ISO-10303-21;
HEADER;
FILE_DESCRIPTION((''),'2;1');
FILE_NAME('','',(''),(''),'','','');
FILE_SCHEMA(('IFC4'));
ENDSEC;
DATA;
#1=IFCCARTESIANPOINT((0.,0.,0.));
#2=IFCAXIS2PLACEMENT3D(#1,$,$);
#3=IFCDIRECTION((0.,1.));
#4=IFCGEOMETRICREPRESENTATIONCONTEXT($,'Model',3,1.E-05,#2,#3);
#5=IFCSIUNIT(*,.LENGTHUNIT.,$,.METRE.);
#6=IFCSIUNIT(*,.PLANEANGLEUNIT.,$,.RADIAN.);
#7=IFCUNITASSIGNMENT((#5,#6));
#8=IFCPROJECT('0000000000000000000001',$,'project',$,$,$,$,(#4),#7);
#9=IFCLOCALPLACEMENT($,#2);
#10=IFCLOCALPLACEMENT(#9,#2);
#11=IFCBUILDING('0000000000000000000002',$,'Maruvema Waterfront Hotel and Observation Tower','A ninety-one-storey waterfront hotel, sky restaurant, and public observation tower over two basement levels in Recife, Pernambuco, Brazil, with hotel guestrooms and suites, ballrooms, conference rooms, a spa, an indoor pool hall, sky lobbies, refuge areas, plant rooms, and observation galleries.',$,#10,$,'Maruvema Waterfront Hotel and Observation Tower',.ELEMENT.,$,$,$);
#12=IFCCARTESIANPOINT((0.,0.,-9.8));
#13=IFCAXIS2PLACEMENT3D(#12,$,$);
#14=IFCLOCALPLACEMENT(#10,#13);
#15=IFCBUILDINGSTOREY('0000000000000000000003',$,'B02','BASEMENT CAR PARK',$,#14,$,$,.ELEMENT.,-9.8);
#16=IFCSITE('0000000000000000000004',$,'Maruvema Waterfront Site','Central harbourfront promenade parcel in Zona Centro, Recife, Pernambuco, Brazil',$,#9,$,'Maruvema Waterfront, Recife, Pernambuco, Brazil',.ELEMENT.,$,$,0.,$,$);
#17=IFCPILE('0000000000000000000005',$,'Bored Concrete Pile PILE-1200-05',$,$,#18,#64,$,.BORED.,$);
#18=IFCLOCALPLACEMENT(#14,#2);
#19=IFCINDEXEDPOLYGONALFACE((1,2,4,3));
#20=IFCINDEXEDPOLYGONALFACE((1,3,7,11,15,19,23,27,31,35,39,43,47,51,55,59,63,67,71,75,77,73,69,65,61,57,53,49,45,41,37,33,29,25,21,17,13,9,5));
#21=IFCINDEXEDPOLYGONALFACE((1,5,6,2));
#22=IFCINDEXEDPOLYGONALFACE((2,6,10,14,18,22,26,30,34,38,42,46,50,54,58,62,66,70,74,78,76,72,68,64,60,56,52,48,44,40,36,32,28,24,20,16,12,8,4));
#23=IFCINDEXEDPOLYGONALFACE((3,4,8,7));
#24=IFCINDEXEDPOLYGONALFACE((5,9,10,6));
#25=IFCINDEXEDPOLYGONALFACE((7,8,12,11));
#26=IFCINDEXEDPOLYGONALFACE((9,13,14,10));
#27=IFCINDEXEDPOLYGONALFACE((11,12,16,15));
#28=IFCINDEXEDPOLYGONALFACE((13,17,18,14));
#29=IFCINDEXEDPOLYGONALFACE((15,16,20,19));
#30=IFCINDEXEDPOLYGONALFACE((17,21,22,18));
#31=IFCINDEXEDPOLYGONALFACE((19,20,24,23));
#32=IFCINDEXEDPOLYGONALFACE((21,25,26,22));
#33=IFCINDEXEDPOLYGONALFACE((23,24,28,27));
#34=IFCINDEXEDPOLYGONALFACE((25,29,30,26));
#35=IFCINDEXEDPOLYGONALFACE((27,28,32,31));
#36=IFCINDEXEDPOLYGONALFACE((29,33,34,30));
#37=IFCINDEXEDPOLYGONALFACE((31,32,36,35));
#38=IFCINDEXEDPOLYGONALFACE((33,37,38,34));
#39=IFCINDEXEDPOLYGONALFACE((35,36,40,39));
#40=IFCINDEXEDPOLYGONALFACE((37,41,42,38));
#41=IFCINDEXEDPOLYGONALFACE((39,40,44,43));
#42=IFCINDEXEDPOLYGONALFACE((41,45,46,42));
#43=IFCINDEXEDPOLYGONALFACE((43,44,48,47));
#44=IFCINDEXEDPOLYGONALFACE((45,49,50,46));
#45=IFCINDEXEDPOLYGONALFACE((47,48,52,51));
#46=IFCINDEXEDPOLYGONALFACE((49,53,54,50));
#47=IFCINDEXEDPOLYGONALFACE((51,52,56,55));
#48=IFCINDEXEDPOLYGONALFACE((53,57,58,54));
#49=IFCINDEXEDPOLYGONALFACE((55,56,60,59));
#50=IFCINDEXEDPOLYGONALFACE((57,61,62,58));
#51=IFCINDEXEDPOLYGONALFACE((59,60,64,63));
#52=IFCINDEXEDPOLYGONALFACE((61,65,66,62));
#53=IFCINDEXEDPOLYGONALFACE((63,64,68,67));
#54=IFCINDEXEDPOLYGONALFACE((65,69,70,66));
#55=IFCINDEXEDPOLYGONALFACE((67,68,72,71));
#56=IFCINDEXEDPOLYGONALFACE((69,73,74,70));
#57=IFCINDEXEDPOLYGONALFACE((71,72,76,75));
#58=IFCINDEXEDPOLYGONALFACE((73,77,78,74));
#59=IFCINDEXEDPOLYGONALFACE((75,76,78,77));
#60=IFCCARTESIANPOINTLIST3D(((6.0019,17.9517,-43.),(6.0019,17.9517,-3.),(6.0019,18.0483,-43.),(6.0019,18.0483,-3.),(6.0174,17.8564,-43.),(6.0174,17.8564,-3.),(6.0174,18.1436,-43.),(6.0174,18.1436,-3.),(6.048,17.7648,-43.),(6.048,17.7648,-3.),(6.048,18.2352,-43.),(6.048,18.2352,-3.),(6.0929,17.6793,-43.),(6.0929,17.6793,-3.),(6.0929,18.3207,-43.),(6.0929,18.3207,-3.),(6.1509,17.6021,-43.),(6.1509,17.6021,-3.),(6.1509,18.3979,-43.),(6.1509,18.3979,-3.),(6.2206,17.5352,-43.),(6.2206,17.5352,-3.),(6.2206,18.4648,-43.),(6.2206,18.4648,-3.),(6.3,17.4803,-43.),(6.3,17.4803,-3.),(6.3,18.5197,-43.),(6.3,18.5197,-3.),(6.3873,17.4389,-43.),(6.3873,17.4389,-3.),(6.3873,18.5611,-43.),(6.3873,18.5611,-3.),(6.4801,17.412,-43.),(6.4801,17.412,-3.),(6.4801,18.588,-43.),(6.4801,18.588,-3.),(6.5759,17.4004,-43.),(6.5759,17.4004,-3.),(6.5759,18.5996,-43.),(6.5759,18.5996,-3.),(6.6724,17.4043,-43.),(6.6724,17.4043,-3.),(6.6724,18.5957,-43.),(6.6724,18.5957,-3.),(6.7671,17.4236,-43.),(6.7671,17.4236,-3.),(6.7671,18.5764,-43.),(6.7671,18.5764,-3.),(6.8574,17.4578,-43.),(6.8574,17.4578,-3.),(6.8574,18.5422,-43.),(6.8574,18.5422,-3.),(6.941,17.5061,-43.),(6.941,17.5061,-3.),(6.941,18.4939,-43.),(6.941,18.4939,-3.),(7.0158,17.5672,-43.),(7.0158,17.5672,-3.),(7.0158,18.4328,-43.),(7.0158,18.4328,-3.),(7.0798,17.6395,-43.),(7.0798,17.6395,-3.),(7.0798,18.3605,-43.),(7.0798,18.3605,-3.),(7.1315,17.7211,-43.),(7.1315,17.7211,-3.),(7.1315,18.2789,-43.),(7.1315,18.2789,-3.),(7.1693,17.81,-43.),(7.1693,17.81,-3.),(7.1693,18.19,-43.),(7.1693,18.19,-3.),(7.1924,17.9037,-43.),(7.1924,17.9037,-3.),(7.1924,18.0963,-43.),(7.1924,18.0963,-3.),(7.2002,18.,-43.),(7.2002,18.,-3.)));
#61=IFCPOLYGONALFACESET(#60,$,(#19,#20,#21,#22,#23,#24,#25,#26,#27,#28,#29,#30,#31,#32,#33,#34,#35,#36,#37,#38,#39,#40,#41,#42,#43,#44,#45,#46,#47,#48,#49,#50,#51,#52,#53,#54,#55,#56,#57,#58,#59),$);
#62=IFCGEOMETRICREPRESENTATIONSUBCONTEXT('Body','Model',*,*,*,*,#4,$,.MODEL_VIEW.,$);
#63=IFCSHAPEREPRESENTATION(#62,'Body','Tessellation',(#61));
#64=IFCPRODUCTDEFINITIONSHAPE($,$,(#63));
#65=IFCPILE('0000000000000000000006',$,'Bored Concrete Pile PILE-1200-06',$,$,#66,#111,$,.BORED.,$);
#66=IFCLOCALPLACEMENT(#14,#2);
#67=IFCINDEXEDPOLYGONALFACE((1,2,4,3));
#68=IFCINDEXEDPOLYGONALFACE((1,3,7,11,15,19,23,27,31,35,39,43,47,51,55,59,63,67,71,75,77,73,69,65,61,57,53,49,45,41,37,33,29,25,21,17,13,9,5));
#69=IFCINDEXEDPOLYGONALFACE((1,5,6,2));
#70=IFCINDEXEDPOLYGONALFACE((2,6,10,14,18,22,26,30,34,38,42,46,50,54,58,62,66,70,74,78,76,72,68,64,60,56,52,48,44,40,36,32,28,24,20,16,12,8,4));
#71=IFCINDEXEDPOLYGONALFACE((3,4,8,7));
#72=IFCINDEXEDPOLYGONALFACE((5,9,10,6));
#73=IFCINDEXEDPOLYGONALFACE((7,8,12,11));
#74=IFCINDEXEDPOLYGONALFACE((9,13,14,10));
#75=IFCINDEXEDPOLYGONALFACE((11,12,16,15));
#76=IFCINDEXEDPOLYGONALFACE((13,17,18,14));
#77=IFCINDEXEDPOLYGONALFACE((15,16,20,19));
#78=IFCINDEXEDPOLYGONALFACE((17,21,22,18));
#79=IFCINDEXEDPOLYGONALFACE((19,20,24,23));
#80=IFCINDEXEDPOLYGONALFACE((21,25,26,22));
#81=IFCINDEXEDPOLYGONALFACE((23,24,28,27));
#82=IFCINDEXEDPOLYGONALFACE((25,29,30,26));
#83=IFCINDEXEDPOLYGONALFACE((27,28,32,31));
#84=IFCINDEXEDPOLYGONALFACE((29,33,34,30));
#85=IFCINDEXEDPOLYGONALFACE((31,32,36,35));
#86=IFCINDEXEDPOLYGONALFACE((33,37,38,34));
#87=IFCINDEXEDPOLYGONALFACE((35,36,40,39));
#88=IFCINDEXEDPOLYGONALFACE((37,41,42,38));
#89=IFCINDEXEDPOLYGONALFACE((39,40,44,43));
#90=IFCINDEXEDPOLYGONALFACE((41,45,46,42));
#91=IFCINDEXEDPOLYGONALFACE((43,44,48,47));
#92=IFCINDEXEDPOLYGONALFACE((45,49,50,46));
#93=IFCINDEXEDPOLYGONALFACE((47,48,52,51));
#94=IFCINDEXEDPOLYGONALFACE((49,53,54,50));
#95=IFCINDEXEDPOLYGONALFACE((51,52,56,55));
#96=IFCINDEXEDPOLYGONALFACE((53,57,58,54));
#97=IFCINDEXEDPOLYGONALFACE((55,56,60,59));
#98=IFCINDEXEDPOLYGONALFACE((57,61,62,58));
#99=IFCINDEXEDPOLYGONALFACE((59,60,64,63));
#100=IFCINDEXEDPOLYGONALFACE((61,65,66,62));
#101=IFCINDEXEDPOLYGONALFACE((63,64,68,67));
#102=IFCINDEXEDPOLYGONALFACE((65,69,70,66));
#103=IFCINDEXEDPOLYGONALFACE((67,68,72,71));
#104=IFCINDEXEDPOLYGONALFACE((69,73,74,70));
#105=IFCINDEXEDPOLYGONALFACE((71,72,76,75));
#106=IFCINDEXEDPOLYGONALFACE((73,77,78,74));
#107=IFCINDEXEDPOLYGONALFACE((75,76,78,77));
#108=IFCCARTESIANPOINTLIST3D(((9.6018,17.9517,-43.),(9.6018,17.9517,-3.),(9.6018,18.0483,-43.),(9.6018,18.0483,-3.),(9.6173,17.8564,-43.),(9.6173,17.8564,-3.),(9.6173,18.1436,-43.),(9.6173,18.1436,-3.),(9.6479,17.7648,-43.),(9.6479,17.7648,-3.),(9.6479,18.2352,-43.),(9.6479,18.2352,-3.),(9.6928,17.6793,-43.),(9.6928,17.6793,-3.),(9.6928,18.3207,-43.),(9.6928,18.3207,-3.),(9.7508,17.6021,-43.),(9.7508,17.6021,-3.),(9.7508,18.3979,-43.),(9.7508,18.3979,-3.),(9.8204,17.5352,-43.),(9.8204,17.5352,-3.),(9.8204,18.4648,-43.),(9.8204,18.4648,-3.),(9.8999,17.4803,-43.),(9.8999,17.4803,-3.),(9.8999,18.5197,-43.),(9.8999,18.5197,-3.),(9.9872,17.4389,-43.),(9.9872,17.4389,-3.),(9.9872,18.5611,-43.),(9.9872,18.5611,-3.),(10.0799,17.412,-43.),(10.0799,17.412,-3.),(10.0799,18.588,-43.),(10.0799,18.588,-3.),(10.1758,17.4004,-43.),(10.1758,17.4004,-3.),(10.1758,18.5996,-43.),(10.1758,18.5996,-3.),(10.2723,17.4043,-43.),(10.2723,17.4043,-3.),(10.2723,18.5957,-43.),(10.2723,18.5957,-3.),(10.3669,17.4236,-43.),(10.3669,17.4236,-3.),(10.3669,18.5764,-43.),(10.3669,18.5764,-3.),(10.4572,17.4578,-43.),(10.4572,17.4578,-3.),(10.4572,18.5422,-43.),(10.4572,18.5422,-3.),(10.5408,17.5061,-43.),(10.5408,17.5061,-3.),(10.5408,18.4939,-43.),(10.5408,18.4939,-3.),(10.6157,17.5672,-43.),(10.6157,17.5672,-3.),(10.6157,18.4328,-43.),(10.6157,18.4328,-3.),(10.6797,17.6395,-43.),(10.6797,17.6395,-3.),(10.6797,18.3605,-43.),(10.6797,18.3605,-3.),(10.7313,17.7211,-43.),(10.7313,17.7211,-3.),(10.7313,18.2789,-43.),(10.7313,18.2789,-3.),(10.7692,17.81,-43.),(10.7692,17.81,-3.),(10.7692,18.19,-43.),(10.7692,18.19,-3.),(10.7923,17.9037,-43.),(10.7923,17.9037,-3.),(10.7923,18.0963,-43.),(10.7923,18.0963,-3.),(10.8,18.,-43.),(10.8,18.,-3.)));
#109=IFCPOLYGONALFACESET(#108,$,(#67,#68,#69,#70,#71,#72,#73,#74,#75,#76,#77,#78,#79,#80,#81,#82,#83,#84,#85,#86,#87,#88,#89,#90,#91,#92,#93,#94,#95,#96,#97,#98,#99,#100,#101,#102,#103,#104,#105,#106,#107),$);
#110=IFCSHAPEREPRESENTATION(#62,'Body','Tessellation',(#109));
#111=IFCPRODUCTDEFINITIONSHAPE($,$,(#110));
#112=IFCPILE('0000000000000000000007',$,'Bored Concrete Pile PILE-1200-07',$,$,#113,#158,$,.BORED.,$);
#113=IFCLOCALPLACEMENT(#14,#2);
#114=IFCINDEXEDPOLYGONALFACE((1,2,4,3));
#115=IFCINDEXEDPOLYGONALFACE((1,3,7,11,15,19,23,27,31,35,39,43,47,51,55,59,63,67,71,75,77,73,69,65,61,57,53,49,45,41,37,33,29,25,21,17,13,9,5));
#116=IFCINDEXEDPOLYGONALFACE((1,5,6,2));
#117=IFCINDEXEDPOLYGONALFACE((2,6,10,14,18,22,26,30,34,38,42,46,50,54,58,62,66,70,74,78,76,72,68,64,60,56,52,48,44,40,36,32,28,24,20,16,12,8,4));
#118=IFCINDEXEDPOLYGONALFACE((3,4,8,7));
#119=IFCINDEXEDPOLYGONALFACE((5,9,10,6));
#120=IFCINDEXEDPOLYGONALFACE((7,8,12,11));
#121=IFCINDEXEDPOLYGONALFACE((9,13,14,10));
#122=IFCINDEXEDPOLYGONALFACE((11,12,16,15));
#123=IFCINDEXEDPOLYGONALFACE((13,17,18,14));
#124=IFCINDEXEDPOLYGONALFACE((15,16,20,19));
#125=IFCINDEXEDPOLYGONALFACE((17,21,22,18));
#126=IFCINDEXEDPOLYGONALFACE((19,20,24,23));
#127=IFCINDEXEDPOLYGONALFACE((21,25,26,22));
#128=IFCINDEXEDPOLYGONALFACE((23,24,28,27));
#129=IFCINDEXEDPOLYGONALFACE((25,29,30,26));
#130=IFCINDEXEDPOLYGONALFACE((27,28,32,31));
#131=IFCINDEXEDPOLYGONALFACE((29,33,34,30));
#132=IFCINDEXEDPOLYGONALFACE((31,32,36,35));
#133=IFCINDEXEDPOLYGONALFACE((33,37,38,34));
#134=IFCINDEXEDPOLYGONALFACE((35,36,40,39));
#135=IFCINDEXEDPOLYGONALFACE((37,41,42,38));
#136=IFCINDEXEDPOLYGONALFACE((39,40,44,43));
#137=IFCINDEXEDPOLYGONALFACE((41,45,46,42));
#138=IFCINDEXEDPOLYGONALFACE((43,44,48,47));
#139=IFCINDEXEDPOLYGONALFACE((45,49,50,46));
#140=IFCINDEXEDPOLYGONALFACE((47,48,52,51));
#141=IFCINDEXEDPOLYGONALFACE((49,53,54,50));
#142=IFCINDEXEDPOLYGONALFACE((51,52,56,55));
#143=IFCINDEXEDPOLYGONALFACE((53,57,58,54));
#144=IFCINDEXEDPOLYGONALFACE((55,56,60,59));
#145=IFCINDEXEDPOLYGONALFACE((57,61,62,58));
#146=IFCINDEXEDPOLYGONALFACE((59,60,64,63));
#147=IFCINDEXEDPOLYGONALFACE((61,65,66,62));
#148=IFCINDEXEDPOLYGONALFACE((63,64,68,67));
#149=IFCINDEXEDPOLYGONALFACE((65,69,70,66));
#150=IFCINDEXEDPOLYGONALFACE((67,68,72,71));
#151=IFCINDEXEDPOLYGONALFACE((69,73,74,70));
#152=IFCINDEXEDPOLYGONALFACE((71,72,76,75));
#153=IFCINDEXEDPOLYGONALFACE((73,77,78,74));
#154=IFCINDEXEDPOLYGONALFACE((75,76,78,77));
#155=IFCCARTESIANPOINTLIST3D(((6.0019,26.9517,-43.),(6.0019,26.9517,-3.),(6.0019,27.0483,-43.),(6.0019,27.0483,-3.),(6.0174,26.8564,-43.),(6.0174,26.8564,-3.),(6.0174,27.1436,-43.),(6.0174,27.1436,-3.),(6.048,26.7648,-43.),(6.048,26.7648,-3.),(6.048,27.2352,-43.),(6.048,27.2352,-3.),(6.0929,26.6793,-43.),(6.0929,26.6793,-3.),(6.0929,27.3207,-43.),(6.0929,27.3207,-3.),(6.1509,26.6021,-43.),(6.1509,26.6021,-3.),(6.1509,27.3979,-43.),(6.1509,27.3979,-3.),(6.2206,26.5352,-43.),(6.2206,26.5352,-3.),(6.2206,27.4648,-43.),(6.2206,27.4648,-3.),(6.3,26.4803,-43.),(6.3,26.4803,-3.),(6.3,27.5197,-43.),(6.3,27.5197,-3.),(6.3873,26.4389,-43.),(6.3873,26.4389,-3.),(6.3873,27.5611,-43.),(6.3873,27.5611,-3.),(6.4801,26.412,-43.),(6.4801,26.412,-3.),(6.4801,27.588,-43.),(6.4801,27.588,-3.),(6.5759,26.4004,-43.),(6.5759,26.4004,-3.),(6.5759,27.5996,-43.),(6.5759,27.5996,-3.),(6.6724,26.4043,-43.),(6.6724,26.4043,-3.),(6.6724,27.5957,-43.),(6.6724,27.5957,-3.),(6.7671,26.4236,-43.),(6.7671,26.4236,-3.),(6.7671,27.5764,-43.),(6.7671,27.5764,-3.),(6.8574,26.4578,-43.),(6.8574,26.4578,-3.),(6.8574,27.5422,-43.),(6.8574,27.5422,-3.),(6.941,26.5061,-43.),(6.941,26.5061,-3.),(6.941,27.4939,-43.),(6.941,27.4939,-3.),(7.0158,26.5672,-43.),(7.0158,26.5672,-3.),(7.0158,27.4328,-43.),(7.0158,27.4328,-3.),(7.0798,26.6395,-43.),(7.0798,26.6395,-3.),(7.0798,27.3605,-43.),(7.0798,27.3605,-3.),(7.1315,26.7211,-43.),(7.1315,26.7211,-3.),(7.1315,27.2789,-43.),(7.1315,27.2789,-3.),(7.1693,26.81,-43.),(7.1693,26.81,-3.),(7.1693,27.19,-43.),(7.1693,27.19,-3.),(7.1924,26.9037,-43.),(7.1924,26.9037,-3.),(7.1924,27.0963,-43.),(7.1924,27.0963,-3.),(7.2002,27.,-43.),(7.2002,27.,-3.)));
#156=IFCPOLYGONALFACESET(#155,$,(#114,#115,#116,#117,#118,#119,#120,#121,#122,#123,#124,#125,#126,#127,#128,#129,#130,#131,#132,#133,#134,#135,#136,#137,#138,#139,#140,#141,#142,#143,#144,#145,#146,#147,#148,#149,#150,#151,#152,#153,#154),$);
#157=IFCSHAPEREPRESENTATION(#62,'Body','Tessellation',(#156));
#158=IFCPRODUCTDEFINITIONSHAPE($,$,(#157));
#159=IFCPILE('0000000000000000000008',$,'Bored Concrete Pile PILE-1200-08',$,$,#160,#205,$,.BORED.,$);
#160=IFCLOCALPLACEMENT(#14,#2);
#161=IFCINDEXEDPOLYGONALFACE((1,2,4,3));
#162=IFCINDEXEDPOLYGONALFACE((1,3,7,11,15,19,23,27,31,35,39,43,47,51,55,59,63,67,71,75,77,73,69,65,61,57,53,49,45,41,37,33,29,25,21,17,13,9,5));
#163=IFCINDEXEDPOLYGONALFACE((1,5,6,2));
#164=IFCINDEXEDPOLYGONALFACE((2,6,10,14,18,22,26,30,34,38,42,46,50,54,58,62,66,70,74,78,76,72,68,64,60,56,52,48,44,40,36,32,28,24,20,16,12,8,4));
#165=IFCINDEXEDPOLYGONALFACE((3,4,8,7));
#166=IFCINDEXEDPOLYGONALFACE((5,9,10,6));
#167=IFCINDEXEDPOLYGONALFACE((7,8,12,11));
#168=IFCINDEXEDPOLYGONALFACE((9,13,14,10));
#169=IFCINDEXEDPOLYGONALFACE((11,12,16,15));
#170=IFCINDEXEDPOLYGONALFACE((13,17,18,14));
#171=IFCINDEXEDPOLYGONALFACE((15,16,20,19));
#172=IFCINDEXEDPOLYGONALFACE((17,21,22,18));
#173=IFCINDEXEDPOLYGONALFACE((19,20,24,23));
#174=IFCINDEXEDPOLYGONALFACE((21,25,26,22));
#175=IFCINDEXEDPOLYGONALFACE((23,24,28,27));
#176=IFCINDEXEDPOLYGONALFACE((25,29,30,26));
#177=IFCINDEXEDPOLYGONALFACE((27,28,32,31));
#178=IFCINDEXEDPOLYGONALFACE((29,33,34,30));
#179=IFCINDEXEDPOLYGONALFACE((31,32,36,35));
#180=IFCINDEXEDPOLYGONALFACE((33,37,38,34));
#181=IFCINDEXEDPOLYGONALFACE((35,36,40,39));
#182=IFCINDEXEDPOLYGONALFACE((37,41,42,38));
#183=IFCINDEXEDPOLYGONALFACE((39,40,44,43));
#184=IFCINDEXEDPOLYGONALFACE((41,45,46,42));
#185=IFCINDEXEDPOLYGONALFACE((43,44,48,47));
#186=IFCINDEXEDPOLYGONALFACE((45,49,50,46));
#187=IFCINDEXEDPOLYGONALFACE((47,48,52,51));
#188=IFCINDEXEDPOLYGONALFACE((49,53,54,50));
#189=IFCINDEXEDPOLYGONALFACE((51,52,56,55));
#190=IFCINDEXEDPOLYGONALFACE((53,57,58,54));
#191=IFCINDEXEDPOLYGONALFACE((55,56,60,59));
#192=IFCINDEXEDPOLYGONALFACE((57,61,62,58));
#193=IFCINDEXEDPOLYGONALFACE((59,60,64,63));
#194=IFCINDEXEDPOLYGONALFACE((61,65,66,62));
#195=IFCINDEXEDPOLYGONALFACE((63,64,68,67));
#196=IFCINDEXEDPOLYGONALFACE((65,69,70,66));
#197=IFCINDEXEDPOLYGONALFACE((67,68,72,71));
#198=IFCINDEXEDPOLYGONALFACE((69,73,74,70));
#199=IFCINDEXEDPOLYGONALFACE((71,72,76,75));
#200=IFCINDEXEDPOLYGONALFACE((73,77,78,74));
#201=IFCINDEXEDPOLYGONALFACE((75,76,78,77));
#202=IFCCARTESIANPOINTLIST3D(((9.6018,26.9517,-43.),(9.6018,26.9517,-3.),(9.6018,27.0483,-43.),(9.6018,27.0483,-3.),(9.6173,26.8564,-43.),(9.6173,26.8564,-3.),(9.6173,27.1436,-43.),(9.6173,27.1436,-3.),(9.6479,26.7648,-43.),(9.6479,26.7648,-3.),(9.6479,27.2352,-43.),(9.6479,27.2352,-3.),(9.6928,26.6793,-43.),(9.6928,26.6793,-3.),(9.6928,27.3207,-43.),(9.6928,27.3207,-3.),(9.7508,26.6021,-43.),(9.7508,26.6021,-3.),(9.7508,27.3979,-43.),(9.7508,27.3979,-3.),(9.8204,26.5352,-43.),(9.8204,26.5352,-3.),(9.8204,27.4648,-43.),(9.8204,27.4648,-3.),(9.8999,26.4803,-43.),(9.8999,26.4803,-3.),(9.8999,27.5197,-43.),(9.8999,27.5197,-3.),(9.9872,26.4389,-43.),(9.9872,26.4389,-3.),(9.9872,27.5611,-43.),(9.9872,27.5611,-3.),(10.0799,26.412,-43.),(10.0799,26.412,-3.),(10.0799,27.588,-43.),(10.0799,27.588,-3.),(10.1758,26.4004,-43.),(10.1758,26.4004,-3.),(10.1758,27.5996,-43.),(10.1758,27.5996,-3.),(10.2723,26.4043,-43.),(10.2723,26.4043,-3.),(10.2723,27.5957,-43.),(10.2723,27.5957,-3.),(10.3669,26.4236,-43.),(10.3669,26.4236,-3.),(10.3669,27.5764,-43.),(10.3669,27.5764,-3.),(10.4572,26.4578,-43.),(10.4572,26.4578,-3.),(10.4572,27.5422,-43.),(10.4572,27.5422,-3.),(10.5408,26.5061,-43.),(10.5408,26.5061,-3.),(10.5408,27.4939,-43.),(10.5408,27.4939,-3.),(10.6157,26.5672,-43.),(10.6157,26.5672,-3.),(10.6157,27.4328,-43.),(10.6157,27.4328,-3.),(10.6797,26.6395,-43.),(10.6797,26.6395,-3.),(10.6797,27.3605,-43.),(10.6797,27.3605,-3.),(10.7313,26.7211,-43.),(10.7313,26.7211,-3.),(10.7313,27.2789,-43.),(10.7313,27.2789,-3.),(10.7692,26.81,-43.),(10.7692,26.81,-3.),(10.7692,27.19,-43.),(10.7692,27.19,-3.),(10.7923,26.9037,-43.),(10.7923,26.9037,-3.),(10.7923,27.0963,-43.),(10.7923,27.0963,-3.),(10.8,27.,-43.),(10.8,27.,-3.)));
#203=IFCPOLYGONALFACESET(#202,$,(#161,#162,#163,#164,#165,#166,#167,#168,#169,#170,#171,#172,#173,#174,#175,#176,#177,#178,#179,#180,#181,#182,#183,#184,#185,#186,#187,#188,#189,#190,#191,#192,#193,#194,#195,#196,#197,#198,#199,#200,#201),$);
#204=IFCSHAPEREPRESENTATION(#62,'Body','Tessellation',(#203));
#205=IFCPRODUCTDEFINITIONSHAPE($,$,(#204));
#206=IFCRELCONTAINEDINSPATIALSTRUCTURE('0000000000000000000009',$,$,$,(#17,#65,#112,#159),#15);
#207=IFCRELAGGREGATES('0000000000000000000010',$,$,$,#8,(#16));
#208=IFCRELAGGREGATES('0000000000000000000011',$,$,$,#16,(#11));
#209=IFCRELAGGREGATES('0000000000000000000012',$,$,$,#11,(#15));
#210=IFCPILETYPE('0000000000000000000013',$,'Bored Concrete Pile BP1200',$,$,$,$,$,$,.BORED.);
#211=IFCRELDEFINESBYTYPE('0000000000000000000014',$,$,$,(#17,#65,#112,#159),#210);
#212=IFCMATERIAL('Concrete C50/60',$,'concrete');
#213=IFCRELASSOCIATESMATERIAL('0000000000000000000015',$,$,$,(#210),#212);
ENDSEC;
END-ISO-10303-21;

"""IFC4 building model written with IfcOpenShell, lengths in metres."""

from ifc_helpers import new_model, si_unit, direction, frame, origin, origin_2d, place, context, subcontext, project, spatial, circle, extrude, material, material_profile, profile_set, type_object, element, save


model = new_model("IFC4")

# Units and contexts
model_context = context("Model", 3, precision=1e-05, world=origin(), true_north=direction((0.0, 1.0)))
body_context = subcontext(model_context, "Body", "Model", "MODEL_VIEW")
ifc_project = project(units=[si_unit("LENGTHUNIT", "METRE"), si_unit("PLANEANGLEUNIT", "RADIAN")], contexts=[model_context])

# Site, building, storey
site_placement = place(None, origin())
site = spatial("IfcSite", under=ifc_project, at=site_placement, Name="Maruvema Waterfront Site", Description="Central harbourfront promenade parcel in Zona Centro, Recife, Pernambuco, Brazil", LongName="Maruvema Waterfront, Recife, Pernambuco, Brazil", CompositionType="ELEMENT", RefElevation=0.0)
building_placement = place(site_placement, origin())
building = spatial("IfcBuilding", under=site, at=building_placement, Name="Maruvema Waterfront Hotel and Observation Tower", Description="A ninety-one-storey waterfront hotel, sky restaurant, and public observation tower over two basement levels in Recife, Pernambuco, Brazil, with hotel guestrooms and suites, ballrooms, conference rooms, a spa, an indoor pool hall, sky lobbies, refuge areas, plant rooms, and observation galleries.", LongName="Maruvema Waterfront Hotel and Observation Tower", CompositionType="ELEMENT")
storey_placement = place(building_placement, frame((0.0, 0.0, -9.8)))
storey = spatial("IfcBuildingStorey", under=building, at=storey_placement, Name="B02", Description="BASEMENT CAR PARK", CompositionType="ELEMENT", Elevation=-9.8)

# Piles
ifc_material_1 = material(Name="Concrete C50/60", Category="concrete")
ifc_material_profile_1 = material_profile(ifc_material_1, circle(Radius=0.6001, at=origin_2d()), Name="BP1200")
ifc_profile_set_1 = profile_set([ifc_material_profile_1], Name="Concrete C50/60")
pile_type_1 = type_object("IfcPileType", Name="Bored Concrete Pile BP1200", PredefinedType="BORED", material=ifc_profile_set_1)
for number, where, z_axis, x_axis, name in (
    (1, (6.6001, 18.0, -3.0), (0.0, 0.0, -1.0), (1.0, 0.0, 0.0), "Bored Concrete Pile PILE-1200-05"),
    (2, (10.2, 18.0, -3.0), (0.0, 0.0, -1.0), (1.0, 0.0, 0.0), "Bored Concrete Pile PILE-1200-06"),
    (3, (6.6001, 27.0, -3.0), (0.0, 0.0, -1.0), (1.0, 0.0, 0.0), "Bored Concrete Pile PILE-1200-07"),
    (4, (10.2, 27.0, -3.0), (0.0, 0.0, -1.0), (1.0, 0.0, 0.0), "Bored Concrete Pile PILE-1200-08"),
):
    element("IfcPile", number, at=place(storey_placement, frame(where, z_axis=z_axis, x_axis=x_axis)), inside=storey, type_object=pile_type_1, Name=name, PredefinedType="BORED", context=body_context, shape_type="SweptSolid", body=[
        extrude(circle(Radius=0.6001, at=origin_2d()), origin(), (0.0, 0.0, 1.0), 40.0),
    ])

save(model, "model.ifc")
